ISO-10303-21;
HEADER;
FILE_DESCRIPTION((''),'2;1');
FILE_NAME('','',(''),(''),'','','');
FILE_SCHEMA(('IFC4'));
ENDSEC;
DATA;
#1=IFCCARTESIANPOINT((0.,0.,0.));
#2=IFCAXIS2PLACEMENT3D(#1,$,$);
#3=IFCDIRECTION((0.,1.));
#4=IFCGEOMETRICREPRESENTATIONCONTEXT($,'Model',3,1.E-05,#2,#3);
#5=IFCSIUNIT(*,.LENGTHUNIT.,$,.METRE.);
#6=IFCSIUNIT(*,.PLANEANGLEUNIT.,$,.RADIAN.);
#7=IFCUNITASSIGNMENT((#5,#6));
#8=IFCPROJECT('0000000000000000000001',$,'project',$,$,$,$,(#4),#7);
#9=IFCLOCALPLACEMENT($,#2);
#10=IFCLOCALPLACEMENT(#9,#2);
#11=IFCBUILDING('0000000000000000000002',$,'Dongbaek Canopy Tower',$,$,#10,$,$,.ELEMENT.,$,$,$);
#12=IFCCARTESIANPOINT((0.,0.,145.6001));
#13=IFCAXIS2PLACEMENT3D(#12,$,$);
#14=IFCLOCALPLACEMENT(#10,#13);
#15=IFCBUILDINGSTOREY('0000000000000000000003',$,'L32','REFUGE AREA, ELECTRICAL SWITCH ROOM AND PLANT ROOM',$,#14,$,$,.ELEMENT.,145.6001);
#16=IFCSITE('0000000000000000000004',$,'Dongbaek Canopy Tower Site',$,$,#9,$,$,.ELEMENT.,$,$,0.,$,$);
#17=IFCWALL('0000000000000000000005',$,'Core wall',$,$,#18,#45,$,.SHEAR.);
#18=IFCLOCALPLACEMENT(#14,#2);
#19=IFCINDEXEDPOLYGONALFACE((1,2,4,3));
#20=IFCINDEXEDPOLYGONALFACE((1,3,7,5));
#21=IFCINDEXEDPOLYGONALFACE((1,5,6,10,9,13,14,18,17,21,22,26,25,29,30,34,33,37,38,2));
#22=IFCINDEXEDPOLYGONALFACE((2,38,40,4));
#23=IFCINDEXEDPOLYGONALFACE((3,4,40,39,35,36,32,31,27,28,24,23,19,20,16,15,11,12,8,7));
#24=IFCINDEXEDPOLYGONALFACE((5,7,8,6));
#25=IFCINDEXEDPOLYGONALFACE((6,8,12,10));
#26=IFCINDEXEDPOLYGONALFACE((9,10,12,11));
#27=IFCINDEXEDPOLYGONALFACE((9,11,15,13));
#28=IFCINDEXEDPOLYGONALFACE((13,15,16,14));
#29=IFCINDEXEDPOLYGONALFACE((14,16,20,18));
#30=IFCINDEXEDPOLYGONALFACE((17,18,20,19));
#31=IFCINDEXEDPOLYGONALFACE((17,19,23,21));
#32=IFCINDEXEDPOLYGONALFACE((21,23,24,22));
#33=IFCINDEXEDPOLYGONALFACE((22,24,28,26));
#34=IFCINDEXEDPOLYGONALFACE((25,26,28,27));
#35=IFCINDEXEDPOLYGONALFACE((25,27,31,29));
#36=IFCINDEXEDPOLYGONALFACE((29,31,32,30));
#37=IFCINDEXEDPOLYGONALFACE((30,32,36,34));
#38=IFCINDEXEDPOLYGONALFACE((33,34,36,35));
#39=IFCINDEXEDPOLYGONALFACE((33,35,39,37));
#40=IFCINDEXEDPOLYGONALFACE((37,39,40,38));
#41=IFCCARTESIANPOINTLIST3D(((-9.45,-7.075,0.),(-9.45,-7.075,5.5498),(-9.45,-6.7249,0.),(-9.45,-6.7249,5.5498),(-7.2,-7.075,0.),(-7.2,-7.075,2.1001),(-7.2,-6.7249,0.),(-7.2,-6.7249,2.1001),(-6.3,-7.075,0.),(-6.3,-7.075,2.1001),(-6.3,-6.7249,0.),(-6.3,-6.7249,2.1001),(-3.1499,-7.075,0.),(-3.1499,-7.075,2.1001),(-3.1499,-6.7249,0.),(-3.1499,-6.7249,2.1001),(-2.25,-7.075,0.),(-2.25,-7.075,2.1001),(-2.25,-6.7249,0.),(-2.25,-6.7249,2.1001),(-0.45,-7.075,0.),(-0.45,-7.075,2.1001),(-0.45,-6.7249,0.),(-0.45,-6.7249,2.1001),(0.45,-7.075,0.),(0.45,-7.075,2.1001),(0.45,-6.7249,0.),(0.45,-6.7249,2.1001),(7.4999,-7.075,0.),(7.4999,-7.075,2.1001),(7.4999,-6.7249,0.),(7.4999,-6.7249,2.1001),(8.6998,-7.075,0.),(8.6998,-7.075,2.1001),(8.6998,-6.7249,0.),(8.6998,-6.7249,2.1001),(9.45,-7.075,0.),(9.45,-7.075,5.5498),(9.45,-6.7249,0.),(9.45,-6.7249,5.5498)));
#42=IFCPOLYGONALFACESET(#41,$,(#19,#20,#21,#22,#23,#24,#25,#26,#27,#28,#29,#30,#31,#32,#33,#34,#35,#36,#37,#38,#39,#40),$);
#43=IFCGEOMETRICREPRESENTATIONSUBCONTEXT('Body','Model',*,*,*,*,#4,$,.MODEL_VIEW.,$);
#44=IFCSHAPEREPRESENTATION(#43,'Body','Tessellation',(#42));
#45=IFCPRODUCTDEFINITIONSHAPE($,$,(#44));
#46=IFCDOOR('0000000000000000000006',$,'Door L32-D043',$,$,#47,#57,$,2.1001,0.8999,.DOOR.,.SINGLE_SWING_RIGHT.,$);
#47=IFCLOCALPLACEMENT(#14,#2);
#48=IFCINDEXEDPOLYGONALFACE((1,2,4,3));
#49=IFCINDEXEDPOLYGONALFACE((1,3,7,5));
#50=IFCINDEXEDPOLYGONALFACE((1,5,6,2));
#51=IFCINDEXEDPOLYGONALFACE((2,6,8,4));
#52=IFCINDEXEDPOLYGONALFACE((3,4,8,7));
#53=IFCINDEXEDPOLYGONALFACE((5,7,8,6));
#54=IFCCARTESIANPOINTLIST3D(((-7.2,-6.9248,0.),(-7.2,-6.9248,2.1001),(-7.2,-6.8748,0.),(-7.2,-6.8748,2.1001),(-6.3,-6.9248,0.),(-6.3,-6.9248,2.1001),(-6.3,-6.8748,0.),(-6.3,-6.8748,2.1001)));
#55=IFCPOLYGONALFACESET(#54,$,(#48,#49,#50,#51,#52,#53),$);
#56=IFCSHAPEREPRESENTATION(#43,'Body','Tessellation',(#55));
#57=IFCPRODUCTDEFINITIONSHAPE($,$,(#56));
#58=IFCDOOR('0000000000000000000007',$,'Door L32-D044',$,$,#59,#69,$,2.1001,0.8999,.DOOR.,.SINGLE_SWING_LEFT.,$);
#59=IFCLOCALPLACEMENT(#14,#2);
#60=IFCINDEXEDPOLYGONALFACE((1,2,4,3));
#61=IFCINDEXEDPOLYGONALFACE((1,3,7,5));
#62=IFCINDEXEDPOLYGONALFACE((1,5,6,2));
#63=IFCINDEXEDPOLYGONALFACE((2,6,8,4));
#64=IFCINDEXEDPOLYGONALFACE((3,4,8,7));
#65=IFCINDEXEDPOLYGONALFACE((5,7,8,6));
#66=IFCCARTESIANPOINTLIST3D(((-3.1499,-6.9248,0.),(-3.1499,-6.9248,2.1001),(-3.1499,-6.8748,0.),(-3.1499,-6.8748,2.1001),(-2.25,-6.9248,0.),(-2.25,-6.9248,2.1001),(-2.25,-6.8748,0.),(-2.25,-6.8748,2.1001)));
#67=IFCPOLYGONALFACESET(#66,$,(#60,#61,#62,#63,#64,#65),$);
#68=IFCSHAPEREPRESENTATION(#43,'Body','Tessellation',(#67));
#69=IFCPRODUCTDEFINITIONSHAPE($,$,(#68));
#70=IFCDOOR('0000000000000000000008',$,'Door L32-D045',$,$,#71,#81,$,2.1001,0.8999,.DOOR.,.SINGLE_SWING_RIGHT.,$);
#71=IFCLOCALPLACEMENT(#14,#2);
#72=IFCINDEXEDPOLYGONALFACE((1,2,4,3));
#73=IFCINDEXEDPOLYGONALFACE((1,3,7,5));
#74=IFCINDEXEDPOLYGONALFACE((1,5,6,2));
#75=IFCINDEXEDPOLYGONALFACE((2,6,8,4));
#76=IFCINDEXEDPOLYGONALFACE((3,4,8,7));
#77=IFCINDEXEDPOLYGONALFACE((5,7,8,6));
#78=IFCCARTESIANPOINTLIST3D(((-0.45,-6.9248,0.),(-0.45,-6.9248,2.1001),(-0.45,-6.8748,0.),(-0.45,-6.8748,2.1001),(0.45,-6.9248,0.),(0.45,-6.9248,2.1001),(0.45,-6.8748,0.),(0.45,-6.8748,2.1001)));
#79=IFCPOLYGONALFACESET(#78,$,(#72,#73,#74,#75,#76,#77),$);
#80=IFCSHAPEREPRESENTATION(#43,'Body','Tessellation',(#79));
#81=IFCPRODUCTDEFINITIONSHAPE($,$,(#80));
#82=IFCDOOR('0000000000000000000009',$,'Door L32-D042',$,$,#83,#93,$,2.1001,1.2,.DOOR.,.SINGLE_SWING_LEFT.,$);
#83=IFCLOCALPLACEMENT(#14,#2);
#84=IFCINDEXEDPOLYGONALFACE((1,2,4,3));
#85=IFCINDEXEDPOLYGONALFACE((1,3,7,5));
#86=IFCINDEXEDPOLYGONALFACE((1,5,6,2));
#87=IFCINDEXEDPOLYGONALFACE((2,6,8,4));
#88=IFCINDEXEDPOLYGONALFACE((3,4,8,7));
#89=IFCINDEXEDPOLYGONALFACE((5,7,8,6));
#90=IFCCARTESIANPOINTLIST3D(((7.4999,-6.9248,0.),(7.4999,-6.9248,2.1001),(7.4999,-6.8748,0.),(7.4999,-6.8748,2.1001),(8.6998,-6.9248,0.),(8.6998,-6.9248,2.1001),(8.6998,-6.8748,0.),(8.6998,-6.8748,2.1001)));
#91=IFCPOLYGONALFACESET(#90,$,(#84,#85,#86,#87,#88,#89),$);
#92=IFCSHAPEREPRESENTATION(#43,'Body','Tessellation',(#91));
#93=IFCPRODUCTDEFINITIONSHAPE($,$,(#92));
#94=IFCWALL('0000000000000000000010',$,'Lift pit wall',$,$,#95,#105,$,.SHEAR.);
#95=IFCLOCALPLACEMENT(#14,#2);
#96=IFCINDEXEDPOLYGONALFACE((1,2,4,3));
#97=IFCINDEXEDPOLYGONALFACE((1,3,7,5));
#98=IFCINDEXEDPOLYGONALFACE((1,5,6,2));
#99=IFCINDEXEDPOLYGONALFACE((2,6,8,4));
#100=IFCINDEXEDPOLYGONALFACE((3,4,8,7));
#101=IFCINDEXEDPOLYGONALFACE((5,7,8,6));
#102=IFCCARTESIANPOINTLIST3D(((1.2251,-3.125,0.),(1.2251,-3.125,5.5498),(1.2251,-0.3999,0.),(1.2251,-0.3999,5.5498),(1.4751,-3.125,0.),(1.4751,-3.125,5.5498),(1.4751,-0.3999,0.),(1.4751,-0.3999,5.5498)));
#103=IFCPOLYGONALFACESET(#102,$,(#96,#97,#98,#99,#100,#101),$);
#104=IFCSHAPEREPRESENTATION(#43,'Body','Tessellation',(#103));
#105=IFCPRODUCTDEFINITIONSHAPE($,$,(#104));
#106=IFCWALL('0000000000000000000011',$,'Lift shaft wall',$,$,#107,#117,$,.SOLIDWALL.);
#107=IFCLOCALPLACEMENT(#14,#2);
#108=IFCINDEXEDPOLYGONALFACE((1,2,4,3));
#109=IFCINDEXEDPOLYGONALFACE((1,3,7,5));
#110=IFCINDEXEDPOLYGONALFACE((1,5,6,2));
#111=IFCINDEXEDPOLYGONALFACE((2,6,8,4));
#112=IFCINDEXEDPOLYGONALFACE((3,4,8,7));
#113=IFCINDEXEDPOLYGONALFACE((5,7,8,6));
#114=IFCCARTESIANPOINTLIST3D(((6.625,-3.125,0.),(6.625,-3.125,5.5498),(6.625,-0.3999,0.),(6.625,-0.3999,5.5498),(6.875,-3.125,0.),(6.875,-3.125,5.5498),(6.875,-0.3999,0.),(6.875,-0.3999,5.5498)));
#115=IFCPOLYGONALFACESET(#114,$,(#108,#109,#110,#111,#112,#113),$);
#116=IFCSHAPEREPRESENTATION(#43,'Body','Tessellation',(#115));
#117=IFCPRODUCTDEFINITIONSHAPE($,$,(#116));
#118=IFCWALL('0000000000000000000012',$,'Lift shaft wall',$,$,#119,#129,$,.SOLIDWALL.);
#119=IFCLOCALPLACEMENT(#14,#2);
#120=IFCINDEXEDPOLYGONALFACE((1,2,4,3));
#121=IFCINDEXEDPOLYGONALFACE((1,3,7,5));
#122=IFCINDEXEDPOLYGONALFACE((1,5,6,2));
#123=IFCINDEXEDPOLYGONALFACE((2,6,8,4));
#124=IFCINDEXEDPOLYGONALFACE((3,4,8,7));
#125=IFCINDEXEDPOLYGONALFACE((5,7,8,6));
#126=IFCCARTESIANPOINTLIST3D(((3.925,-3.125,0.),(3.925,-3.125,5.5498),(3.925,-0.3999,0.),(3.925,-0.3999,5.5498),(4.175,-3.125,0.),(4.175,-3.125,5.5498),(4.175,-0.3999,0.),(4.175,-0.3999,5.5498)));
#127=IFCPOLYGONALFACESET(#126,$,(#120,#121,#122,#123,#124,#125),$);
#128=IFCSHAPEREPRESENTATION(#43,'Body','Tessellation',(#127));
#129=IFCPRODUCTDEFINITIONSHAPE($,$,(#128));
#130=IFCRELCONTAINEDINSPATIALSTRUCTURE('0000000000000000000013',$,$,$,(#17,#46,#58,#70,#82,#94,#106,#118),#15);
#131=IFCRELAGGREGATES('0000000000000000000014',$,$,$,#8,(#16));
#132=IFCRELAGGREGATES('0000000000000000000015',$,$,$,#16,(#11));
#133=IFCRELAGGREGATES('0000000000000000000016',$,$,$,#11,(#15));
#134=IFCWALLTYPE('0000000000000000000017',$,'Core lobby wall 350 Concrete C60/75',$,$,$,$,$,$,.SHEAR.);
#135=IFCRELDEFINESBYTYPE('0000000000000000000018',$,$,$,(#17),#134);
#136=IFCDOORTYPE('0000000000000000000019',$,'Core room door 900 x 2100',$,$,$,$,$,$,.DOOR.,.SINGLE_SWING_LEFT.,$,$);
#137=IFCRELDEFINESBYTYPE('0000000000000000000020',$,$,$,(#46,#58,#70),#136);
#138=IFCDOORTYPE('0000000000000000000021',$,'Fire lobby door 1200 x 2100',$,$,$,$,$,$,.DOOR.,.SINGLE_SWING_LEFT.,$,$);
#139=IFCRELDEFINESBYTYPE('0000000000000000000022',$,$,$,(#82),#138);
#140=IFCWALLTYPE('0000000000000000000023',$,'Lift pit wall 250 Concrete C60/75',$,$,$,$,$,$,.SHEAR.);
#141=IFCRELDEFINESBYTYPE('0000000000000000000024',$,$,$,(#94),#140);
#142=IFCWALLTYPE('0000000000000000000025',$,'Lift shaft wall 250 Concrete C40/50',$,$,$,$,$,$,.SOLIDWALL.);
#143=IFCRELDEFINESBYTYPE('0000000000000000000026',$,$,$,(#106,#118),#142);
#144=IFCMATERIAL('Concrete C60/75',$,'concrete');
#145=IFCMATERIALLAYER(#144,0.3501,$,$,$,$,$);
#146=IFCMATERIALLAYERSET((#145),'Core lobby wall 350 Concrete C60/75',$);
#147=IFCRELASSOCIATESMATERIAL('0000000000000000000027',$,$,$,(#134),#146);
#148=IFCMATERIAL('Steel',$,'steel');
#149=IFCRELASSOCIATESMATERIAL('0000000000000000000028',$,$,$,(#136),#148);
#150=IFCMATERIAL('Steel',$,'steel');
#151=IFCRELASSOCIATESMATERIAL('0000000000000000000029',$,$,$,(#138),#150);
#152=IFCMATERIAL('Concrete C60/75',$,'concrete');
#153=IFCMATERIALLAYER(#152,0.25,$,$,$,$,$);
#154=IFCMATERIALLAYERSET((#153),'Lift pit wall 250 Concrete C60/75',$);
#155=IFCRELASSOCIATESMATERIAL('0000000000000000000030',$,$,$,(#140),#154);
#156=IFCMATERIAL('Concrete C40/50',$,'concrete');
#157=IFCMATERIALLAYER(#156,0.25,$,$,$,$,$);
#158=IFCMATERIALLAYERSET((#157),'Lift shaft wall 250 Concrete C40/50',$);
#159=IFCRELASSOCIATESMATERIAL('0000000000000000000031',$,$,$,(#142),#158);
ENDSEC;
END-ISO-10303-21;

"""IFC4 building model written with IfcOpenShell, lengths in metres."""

from ifc_helpers import new_model, si_unit, direction, frame, frame_2d, origin, place, context, subcontext, project, spatial, rectangle, extrude, material, layer, layer_set, type_object, element, fill, save


model = new_model("IFC4")

# Units and contexts
model_context = context("Model", 3, precision=1e-05, world=origin(), true_north=direction((0.0, 1.0)))
body_context = subcontext(model_context, "Body", "Model", "MODEL_VIEW")
ifc_project = project(units=[si_unit("LENGTHUNIT", "METRE"), si_unit("PLANEANGLEUNIT", "RADIAN")], contexts=[model_context])

# Site, building, storey
site_placement = place(None, origin())
site = spatial("IfcSite", under=ifc_project, at=site_placement, Name="Dongbaek Canopy Tower Site", CompositionType="ELEMENT", RefElevation=0.0)
building_placement = place(site_placement, origin())
building = spatial("IfcBuilding", under=site, at=building_placement, Name="Dongbaek Canopy Tower", CompositionType="ELEMENT")
storey_placement = place(building_placement, frame((0.0, 0.0, 145.6001)))
storey = spatial("IfcBuildingStorey", under=building, at=storey_placement, Name="L32", Description="REFUGE AREA, ELECTRICAL SWITCH ROOM AND PLANT ROOM", CompositionType="ELEMENT", Elevation=145.6001)

# Wall, openings, doors
ifc_material_1 = material(Name="Concrete C60/75", Category="concrete")
ifc_layer_1 = layer(ifc_material_1, 0.3501)
ifc_layer_set_1 = layer_set([ifc_layer_1], Name="Core lobby wall 350 Concrete C60/75")
wall_type_1 = type_object("IfcWallType", Name="Core lobby wall 350 Concrete C60/75", PredefinedType="SHEAR", material=ifc_layer_set_1)
wall_1_placement = place(storey_placement, frame((9.45, -6.8999, 0.0), z_axis=(0.0, 0.0, 1.0), x_axis=(-1.0, 0.0, 0.0)))
wall_1 = element("IfcWall", 1, at=wall_1_placement, inside=storey, type_object=wall_type_1, Name="Core wall", PredefinedType="SHEAR", context=body_context, shape_type="SweptSolid", body=[
    extrude(rectangle(XDim=18.8999, YDim=0.3501, at=frame_2d((9.45, 0.0))), origin(), (0.0, 0.0, 1.0), 5.5498),
])
opening_1_placement = place(wall_1_placement, frame((0.75, 0.0, 0.0)))
opening_1 = element("IfcOpeningElement", 2, at=opening_1_placement, cuts=wall_1, PredefinedType="OPENING", context=body_context, shape_type="SweptSolid", body=[
    extrude(rectangle(XDim=1.2, YDim=2.1001, at=frame_2d((0.6001, 1.05))), frame((0.0, 0.1851, 0.0), z_axis=(0.0, -1.0, 0.0), x_axis=(1.0, 0.0, 0.0)), (0.0, 0.0, 1.0), 0.3701),
])
opening_2_placement = place(wall_1_placement, frame((15.75, 0.0, 0.0)))
opening_2 = element("IfcOpeningElement", 3, at=opening_2_placement, cuts=wall_1, PredefinedType="OPENING", context=body_context, shape_type="SweptSolid", body=[
    extrude(rectangle(XDim=0.8999, YDim=2.1001, at=frame_2d((0.45, 1.05))), frame((0.0, 0.1851, 0.0), z_axis=(0.0, -1.0, 0.0), x_axis=(1.0, 0.0, 0.0)), (0.0, 0.0, 1.0), 0.3701),
])
opening_3_placement = place(wall_1_placement, frame((11.7, 0.0, 0.0)))
opening_3 = element("IfcOpeningElement", 4, at=opening_3_placement, cuts=wall_1, PredefinedType="OPENING", context=body_context, shape_type="SweptSolid", body=[
    extrude(rectangle(XDim=0.8999, YDim=2.1001, at=frame_2d((0.45, 1.05))), frame((0.0, 0.1851, 0.0), z_axis=(0.0, -1.0, 0.0), x_axis=(1.0, 0.0, 0.0)), (0.0, 0.0, 1.0), 0.3701),
])
opening_4_placement = place(wall_1_placement, frame((9.0, 0.0, 0.0)))
opening_4 = element("IfcOpeningElement", 5, at=opening_4_placement, cuts=wall_1, PredefinedType="OPENING", context=body_context, shape_type="SweptSolid", body=[
    extrude(rectangle(XDim=0.8999, YDim=2.1001, at=frame_2d((0.45, 1.05))), frame((0.0, 0.1851, 0.0), z_axis=(0.0, -1.0, 0.0), x_axis=(1.0, 0.0, 0.0)), (0.0, 0.0, 1.0), 0.3701),
])
ifc_material_2 = material(Name="Steel", Category="steel")
door_type_1 = type_object("IfcDoorType", Name="Core room door 900 x 2100", OperationType="SINGLE_SWING_LEFT", PredefinedType="DOOR", material=ifc_material_2)
door_1_placement = place(opening_2_placement, origin())
door_1 = element("IfcDoor", 6, at=door_1_placement, inside=storey, type_object=door_type_1, Name="Door L32-D043", OperationType="SINGLE_SWING_RIGHT", OverallHeight=2.1001, OverallWidth=0.8999, PredefinedType="DOOR", context=body_context, shape_type="SweptSolid", body=[
    extrude(rectangle(XDim=0.8999, YDim=2.1001, at=frame_2d((0.45, 1.05))), frame((0.0, 0.0249, 0.0), z_axis=(0.0, -1.0, 0.0), x_axis=(1.0, 0.0, 0.0)), (0.0, 0.0, 1.0), 0.05),
])
fill(opening_2, door_1)
door_2_placement = place(opening_3_placement, origin())
door_2 = element("IfcDoor", 7, at=door_2_placement, inside=storey, type_object=door_type_1, Name="Door L32-D044", OperationType="SINGLE_SWING_LEFT", OverallHeight=2.1001, OverallWidth=0.8999, PredefinedType="DOOR", context=body_context, shape_type="SweptSolid", body=[
    extrude(rectangle(XDim=0.8999, YDim=2.1001, at=frame_2d((0.45, 1.05))), frame((0.0, 0.0249, 0.0), z_axis=(0.0, -1.0, 0.0), x_axis=(1.0, 0.0, 0.0)), (0.0, 0.0, 1.0), 0.05),
])
fill(opening_3, door_2)
door_3_placement = place(opening_4_placement, origin())
door_3 = element("IfcDoor", 8, at=door_3_placement, inside=storey, type_object=door_type_1, Name="Door L32-D045", OperationType="SINGLE_SWING_RIGHT", OverallHeight=2.1001, OverallWidth=0.8999, PredefinedType="DOOR", context=body_context, shape_type="SweptSolid", body=[
    extrude(rectangle(XDim=0.8999, YDim=2.1001, at=frame_2d((0.45, 1.05))), frame((0.0, 0.0249, 0.0), z_axis=(0.0, -1.0, 0.0), x_axis=(1.0, 0.0, 0.0)), (0.0, 0.0, 1.0), 0.05),
])
fill(opening_4, door_3)
ifc_material_3 = material(Name="Steel", Category="steel")
door_type_2 = type_object("IfcDoorType", Name="Fire lobby door 1200 x 2100", OperationType="SINGLE_SWING_LEFT", PredefinedType="DOOR", material=ifc_material_3)
door_4_placement = place(opening_1_placement, origin())
door_4 = element("IfcDoor", 9, at=door_4_placement, inside=storey, type_object=door_type_2, Name="Door L32-D042", OperationType="SINGLE_SWING_LEFT", OverallHeight=2.1001, OverallWidth=1.2, PredefinedType="DOOR", context=body_context, shape_type="SweptSolid", body=[
    extrude(rectangle(XDim=1.2, YDim=2.1001, at=frame_2d((0.6001, 1.05))), frame((0.0, 0.0249, 0.0), z_axis=(0.0, -1.0, 0.0), x_axis=(1.0, 0.0, 0.0)), (0.0, 0.0, 1.0), 0.05),
])
fill(opening_1, door_4)

# Walls
ifc_material_4 = material(Name="Concrete C60/75", Category="concrete")
ifc_layer_2 = layer(ifc_material_4, 0.25)
ifc_layer_set_2 = layer_set([ifc_layer_2], Name="Lift pit wall 250 Concrete C60/75")
wall_type_2 = type_object("IfcWallType", Name="Lift pit wall 250 Concrete C60/75", PredefinedType="SHEAR", material=ifc_layer_set_2)
wall_2_placement = place(storey_placement, frame((1.3501, -3.125, 0.0), z_axis=(0.0, 0.0, 1.0), x_axis=(0.0, 1.0, 0.0)))
element("IfcWall", 10, at=wall_2_placement, inside=storey, type_object=wall_type_2, Name="Lift pit wall", PredefinedType="SHEAR", context=body_context, shape_type="SweptSolid", body=[
    extrude(rectangle(XDim=2.7251, YDim=0.25, at=frame_2d((1.3625, 0.0))), origin(), (0.0, 0.0, 1.0), 5.5498),
])
ifc_material_5 = material(Name="Concrete C40/50", Category="concrete")
ifc_layer_3 = layer(ifc_material_5, 0.25)
ifc_layer_set_3 = layer_set([ifc_layer_3], Name="Lift shaft wall 250 Concrete C40/50")
wall_type_3 = type_object("IfcWallType", Name="Lift shaft wall 250 Concrete C40/50", PredefinedType="SOLIDWALL", material=ifc_layer_set_3)
for number, where, z_axis, x_axis, name in (
    (11, (6.75, -3.125, 0.0), (0.0, 0.0, 1.0), (0.0, 1.0, 0.0), "Lift shaft wall"),
    (12, (4.05, -3.125, 0.0), (0.0, 0.0, 1.0), (0.0, 1.0, 0.0), "Lift shaft wall"),
):
    element("IfcWall", number, at=place(storey_placement, frame(where, z_axis=z_axis, x_axis=x_axis)), inside=storey, type_object=wall_type_3, Name=name, PredefinedType="SOLIDWALL", context=body_context, shape_type="SweptSolid", body=[
        extrude(rectangle(XDim=2.7251, YDim=0.25, at=frame_2d((1.3625, 0.0))), origin(), (0.0, 0.0, 1.0), 5.5498),
    ])

save(model, "model.ifc")
